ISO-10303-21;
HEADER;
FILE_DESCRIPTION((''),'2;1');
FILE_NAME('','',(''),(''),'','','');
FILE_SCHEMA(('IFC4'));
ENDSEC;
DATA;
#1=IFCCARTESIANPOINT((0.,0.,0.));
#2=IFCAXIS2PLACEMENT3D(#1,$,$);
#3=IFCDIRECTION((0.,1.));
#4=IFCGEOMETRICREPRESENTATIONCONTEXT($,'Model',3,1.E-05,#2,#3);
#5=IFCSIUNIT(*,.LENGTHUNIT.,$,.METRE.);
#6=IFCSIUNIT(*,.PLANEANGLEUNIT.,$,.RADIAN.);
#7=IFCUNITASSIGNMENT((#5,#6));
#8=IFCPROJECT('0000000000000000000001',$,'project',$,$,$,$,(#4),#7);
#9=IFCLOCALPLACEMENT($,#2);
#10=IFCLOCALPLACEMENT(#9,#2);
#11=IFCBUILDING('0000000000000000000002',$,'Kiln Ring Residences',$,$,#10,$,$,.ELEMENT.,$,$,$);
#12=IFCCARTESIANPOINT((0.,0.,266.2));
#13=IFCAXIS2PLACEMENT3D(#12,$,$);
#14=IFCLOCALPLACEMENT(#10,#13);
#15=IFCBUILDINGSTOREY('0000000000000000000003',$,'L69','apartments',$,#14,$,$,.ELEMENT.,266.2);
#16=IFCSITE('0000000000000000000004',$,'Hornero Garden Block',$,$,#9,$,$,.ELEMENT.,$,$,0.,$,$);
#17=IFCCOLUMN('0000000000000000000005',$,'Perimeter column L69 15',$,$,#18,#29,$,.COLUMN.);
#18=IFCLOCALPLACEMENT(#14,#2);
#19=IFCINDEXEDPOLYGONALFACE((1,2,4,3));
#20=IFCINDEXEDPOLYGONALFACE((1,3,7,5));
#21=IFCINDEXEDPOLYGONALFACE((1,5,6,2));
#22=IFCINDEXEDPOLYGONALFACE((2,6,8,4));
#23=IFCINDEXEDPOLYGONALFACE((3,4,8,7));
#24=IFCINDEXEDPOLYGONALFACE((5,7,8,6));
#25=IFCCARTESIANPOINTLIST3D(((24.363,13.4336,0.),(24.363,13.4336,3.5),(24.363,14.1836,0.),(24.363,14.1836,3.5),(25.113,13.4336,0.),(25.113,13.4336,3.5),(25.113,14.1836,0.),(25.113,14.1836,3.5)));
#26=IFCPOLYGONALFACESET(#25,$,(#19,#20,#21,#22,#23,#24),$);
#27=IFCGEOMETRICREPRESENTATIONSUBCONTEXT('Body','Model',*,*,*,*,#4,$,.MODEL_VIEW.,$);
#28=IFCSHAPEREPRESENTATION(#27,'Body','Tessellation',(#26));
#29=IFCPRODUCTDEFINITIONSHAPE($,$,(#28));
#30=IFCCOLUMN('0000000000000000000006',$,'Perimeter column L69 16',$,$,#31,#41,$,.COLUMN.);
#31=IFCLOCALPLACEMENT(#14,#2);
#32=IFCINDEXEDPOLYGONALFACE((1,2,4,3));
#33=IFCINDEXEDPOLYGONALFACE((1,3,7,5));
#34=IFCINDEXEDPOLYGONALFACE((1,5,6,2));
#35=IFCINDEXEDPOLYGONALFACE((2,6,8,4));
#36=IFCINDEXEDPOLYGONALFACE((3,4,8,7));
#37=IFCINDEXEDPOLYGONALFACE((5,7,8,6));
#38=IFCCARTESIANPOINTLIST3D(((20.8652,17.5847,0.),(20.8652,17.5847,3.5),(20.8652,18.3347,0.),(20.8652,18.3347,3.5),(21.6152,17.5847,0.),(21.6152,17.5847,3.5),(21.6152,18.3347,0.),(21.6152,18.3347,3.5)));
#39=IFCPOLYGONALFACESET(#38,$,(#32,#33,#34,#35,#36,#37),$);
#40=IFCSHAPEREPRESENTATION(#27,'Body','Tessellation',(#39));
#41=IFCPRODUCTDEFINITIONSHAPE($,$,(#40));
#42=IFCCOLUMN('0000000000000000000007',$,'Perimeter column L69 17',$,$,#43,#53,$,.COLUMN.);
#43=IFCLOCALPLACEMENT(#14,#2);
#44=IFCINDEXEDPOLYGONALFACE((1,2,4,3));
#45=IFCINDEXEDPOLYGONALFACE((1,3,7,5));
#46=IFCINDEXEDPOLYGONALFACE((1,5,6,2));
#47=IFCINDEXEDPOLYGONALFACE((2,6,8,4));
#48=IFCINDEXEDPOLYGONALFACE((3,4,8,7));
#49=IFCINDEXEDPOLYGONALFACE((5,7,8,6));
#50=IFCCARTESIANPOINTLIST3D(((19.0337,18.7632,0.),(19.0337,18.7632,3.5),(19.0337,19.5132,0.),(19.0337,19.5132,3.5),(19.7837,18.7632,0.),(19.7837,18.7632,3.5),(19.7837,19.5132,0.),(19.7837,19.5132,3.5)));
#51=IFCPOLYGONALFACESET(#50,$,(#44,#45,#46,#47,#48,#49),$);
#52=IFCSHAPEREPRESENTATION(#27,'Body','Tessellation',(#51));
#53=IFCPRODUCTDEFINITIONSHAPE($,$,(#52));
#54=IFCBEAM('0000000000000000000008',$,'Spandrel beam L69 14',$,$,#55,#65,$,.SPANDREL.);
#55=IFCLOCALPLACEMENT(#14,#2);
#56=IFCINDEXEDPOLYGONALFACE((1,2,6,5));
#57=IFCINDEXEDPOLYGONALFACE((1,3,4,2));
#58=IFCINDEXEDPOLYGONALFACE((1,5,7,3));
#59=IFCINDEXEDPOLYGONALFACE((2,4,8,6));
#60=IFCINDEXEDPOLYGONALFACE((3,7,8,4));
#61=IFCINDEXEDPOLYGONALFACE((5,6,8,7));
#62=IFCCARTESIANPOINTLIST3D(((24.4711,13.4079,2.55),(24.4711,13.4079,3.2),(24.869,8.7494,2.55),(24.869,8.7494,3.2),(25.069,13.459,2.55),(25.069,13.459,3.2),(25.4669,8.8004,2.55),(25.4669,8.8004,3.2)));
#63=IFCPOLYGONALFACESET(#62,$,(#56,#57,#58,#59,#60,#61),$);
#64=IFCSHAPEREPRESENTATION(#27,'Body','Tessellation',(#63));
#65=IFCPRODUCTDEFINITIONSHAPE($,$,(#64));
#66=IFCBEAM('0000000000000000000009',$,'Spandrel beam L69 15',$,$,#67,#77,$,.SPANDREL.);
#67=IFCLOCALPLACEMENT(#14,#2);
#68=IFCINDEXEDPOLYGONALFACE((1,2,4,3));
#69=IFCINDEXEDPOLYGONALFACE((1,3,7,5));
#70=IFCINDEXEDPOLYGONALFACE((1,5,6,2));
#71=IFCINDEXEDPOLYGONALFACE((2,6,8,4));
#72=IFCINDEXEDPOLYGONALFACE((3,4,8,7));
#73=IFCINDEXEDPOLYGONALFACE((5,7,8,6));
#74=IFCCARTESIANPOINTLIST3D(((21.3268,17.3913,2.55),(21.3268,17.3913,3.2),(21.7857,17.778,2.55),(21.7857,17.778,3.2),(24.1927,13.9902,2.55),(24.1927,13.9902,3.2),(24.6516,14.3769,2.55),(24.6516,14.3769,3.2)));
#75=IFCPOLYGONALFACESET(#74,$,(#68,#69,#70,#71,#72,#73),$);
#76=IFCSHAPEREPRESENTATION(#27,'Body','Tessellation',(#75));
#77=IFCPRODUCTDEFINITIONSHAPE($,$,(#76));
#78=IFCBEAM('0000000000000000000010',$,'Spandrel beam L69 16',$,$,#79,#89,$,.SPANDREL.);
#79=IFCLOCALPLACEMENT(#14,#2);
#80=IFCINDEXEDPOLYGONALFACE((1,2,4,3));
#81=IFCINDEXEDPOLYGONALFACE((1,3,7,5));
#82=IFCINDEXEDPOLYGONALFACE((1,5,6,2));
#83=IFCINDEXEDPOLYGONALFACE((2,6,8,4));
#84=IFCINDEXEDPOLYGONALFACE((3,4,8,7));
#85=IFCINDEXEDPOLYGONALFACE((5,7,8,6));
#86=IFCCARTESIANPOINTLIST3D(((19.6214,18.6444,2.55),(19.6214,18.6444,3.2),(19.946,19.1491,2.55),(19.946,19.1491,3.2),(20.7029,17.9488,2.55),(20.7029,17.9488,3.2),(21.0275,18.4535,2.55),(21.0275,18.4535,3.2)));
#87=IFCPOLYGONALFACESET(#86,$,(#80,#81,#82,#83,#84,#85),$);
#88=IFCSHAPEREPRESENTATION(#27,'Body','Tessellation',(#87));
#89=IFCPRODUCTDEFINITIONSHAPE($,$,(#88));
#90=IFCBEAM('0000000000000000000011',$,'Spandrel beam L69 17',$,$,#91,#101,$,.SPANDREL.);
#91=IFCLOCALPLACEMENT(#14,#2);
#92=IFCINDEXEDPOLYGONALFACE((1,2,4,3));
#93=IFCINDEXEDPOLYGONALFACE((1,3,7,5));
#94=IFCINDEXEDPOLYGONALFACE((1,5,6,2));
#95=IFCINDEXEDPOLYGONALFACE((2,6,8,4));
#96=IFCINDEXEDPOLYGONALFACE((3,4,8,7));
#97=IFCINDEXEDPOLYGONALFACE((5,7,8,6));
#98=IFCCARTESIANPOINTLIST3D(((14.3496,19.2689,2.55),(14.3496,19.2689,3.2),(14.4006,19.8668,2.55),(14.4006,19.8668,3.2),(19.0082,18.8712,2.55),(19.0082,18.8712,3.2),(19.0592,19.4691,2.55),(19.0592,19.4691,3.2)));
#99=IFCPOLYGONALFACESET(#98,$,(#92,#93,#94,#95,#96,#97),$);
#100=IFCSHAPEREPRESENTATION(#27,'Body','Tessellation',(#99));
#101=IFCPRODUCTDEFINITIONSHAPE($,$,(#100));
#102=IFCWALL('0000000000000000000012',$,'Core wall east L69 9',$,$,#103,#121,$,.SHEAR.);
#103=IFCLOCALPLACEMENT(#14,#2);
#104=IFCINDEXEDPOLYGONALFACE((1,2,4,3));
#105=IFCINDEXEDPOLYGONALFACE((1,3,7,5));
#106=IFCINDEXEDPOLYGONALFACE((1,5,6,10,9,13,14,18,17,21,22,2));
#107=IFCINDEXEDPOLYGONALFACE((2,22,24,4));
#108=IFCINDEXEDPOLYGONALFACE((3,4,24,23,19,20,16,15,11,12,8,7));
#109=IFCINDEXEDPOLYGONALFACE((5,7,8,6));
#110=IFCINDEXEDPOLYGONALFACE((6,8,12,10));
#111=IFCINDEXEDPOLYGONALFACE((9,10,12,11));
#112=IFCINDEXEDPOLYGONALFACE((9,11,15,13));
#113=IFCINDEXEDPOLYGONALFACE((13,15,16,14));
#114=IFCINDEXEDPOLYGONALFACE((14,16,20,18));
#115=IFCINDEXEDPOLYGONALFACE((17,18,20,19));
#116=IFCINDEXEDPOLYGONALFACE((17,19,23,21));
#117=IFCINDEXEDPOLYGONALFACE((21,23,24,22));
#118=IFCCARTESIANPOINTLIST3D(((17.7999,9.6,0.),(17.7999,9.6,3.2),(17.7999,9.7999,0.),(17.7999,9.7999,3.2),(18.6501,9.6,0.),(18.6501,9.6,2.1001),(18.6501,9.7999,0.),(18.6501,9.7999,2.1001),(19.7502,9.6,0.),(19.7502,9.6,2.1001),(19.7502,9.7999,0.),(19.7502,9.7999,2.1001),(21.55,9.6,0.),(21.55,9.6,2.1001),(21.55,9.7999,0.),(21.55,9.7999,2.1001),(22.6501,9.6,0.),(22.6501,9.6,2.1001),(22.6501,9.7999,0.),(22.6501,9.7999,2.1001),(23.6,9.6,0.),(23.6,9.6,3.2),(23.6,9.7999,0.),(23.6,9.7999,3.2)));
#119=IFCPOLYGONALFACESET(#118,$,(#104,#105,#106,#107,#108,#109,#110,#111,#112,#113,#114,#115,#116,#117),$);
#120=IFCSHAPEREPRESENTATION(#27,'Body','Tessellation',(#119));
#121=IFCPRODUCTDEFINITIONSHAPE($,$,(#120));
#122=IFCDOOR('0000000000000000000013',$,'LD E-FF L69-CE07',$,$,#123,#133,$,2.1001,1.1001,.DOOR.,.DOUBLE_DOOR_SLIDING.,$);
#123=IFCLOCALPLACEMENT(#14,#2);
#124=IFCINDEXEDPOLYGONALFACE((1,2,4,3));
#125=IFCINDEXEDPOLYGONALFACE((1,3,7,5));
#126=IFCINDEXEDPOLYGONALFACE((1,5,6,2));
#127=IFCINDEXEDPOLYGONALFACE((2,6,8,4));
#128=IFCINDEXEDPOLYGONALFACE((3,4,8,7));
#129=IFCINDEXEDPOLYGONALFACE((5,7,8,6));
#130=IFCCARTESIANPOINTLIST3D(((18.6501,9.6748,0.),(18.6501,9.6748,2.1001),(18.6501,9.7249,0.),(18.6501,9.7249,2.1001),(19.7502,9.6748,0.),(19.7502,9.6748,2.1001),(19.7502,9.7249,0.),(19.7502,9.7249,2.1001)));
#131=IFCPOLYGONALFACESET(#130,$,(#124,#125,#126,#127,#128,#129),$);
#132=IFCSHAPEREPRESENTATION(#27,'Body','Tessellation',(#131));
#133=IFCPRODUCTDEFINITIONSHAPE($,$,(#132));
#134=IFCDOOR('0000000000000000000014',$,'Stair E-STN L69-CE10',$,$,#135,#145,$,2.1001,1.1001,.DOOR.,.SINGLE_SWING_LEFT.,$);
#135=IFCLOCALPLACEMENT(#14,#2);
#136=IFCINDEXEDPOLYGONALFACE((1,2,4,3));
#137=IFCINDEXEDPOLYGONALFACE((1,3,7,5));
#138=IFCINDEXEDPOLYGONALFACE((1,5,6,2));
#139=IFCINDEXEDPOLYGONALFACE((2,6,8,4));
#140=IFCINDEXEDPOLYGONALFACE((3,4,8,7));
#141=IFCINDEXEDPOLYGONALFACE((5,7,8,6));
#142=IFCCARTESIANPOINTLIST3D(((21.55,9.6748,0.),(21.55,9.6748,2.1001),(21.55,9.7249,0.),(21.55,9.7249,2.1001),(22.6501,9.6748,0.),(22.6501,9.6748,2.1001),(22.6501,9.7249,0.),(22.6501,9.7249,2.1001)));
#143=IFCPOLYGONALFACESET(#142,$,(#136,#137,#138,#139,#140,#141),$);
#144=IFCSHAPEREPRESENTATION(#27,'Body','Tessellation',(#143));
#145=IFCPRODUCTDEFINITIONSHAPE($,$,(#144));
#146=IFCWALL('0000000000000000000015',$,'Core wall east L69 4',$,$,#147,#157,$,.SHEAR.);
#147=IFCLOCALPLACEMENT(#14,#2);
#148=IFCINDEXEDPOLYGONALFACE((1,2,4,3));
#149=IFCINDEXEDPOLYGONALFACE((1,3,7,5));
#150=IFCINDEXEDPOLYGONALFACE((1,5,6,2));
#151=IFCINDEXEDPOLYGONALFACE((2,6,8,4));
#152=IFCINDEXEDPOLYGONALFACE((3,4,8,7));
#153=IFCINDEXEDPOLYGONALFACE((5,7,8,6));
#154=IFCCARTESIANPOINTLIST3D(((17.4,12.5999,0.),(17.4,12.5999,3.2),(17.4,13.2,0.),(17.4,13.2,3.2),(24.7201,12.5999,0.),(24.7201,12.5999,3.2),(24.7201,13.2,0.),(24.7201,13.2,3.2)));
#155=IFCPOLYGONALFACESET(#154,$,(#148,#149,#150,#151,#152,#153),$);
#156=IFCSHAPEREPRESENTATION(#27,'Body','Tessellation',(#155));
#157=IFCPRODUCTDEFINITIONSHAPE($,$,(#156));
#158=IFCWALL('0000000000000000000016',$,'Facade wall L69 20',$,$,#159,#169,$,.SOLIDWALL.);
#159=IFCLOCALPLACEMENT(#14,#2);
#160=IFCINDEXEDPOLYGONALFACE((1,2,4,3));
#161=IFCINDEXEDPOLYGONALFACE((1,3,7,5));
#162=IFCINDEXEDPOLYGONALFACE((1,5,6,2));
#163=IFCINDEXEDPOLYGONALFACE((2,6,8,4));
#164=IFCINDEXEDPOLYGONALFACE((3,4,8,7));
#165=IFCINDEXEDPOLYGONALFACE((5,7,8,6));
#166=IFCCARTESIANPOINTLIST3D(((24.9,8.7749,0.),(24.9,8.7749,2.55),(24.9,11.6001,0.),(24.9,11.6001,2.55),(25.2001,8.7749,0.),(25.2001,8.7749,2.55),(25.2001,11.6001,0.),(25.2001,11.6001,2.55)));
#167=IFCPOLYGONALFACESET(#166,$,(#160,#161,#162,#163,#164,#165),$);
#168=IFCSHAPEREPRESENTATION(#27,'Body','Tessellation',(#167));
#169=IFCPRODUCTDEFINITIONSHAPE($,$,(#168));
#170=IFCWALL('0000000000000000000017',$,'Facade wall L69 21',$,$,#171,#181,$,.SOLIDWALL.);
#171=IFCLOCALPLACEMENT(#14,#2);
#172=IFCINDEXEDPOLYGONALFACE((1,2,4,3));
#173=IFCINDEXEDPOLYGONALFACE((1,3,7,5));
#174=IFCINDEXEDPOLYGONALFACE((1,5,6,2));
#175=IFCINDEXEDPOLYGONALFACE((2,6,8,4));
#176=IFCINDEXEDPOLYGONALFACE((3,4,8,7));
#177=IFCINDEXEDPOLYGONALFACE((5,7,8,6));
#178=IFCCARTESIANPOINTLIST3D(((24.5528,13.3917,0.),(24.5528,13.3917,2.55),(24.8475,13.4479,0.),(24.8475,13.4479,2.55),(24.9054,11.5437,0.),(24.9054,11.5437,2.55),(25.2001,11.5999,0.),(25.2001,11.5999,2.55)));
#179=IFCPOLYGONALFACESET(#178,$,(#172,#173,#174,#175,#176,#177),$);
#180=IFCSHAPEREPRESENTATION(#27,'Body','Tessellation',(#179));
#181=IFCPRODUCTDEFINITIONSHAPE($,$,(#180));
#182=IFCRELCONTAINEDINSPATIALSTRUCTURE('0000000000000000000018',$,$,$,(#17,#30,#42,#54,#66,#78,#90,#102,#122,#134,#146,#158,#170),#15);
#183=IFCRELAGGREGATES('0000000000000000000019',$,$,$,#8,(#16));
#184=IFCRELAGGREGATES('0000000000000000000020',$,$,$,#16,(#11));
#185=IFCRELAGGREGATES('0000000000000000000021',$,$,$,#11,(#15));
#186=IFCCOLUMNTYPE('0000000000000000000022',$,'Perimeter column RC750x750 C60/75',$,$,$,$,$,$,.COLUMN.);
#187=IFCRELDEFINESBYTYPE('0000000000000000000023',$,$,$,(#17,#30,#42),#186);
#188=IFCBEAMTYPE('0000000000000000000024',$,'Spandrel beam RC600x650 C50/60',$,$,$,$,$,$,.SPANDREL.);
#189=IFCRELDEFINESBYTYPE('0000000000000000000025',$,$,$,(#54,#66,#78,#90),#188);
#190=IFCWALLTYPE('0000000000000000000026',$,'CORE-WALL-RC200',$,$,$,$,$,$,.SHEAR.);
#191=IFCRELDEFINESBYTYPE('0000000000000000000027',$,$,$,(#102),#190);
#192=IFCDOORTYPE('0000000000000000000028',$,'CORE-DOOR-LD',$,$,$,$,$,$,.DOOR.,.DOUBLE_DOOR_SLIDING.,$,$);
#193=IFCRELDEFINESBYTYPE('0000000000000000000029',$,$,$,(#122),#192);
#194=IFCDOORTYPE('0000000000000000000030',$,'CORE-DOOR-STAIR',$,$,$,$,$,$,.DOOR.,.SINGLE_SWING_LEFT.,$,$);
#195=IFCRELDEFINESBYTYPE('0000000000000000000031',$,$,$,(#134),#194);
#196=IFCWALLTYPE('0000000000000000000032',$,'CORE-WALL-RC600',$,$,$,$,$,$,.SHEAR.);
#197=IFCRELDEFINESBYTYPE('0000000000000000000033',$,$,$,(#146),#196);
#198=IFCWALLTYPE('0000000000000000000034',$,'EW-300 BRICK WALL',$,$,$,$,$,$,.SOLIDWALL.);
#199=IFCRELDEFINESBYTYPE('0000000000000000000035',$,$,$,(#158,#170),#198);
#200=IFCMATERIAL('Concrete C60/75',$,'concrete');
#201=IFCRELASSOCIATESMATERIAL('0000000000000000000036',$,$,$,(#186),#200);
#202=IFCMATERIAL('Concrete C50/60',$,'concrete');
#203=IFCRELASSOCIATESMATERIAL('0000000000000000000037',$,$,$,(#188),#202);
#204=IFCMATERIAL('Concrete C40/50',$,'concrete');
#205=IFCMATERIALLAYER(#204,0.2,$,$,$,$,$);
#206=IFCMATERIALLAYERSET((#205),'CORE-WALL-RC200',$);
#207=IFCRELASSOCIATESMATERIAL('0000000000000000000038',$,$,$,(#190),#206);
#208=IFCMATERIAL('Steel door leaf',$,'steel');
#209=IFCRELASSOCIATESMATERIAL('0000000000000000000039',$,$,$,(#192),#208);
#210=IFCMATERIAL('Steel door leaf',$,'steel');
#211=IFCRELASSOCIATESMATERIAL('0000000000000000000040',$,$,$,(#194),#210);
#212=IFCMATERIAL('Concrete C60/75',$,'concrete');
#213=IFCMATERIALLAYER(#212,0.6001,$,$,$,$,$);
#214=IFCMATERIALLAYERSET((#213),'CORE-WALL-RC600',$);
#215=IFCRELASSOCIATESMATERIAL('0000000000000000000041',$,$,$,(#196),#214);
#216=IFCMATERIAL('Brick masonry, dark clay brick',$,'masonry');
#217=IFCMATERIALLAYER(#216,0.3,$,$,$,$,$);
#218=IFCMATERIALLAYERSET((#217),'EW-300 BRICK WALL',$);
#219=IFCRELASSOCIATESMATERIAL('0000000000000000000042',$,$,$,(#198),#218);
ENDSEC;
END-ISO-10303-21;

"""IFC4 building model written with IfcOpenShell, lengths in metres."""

from ifc_helpers import new_model, si_unit, direction, frame, frame_2d, origin, origin_2d, place, context, subcontext, project, spatial, rectangle, extrude, material, layer, layer_set, material_profile, profile_set, type_object, element, fill, save


model = new_model("IFC4")

# Units and contexts
model_context = context("Model", 3, precision=1e-05, world=origin(), true_north=direction((0.0, 1.0)))
body_context = subcontext(model_context, "Body", "Model", "MODEL_VIEW")
ifc_project = project(units=[si_unit("LENGTHUNIT", "METRE"), si_unit("PLANEANGLEUNIT", "RADIAN")], contexts=[model_context])

# Site, building, storey
site_placement = place(None, origin())
site = spatial("IfcSite", under=ifc_project, at=site_placement, Name="Hornero Garden Block", CompositionType="ELEMENT", RefElevation=0.0)
building_placement = place(site_placement, origin())
building = spatial("IfcBuilding", under=site, at=building_placement, Name="Kiln Ring Residences", CompositionType="ELEMENT")
storey_placement = place(building_placement, frame((0.0, 0.0, 266.2)))
storey = spatial("IfcBuildingStorey", under=building, at=storey_placement, Name="L69", Description="apartments", CompositionType="ELEMENT", Elevation=266.2)

# Columns
ifc_material_1 = material(Name="Concrete C60/75", Category="concrete")
ifc_material_profile_1 = material_profile(ifc_material_1, rectangle(XDim=0.75, YDim=0.75, at=origin_2d()), Name="RC750x750")
ifc_profile_set_1 = profile_set([ifc_material_profile_1], Name="Concrete C60/75")
column_type = type_object("IfcColumnType", Name="Perimeter column RC750x750 C60/75", PredefinedType="COLUMN", material=ifc_profile_set_1)
for number, where, z_axis, x_axis, name in (
    (1, (24.738, 13.8086, 0.0), (0.0, 0.0, 1.0), (1.0, 0.0, 0.0), "Perimeter column L69 15"),
    (2, (21.2402, 17.9597, 0.0), (0.0, 0.0, 1.0), (1.0, 0.0, 0.0), "Perimeter column L69 16"),
    (3, (19.4087, 19.1382, 0.0), (0.0, 0.0, 1.0), (1.0, 0.0, 0.0), "Perimeter column L69 17"),
):
    element("IfcColumn", number, at=place(storey_placement, frame(where, z_axis=z_axis, x_axis=x_axis)), inside=storey, type_object=column_type, Name=name, PredefinedType="COLUMN", context=body_context, shape_type="SweptSolid", body=[
        extrude(rectangle(XDim=0.75, YDim=0.75, at=origin_2d()), origin(), (0.0, 0.0, 1.0), 3.5),
    ])

# Beams
ifc_material_2 = material(Name="Concrete C50/60", Category="concrete")
ifc_material_profile_2 = material_profile(ifc_material_2, rectangle(XDim=0.6001, YDim=0.6499, at=origin_2d()), Name="RC600x650")
ifc_profile_set_2 = profile_set([ifc_material_profile_2], Name="Concrete C50/60")
beam_type = type_object("IfcBeamType", Name="Spandrel beam RC600x650 C50/60", PredefinedType="SPANDREL", material=ifc_profile_set_2)
beam_1_placement = place(storey_placement, frame((25.168, 8.7749, 2.875), z_axis=(-0.085111, 0.996371, 0.0), x_axis=(-0.996371, -0.085111, 0.0)))
element("IfcBeam", 4, at=beam_1_placement, inside=storey, type_object=beam_type, Name="Spandrel beam L69 14", PredefinedType="SPANDREL", context=body_context, shape_type="SweptSolid", body=[
    extrude(rectangle(XDim=0.6001, YDim=0.6499, at=origin_2d()), origin(), (0.0, 0.0, 1.0), 4.6755),
])
beam_2_placement = place(storey_placement, frame((24.4221, 14.1836, 2.875), z_axis=(-0.644381, 0.764705, 0.0), x_axis=(-0.764705, -0.644381, 0.0)))
element("IfcBeam", 5, at=beam_2_placement, inside=storey, type_object=beam_type, Name="Spandrel beam L69 15", PredefinedType="SPANDREL", context=body_context, shape_type="SweptSolid", body=[
    extrude(rectangle(XDim=0.6001, YDim=0.6499, at=origin_2d()), origin(), (0.0, 0.0, 1.0), 4.4475),
])
beam_3_placement = place(storey_placement, frame((20.8652, 18.2012, 2.875), z_axis=(-0.84108, 0.540911, 0.0), x_axis=(-0.540911, -0.84108, 0.0)))
element("IfcBeam", 6, at=beam_3_placement, inside=storey, type_object=beam_type, Name="Spandrel beam L69 16", PredefinedType="SPANDREL", context=body_context, shape_type="SweptSolid", body=[
    extrude(rectangle(XDim=0.6001, YDim=0.6499, at=origin_2d()), origin(), (0.0, 0.0, 1.0), 1.2859),
])
beam_4_placement = place(storey_placement, frame((19.0337, 19.1702, 2.875), z_axis=(-0.996376, 0.085059, 0.0), x_axis=(-0.085059, -0.996376, 0.0)))
element("IfcBeam", 7, at=beam_4_placement, inside=storey, type_object=beam_type, Name="Spandrel beam L69 17", PredefinedType="SPANDREL", context=body_context, shape_type="SweptSolid", body=[
    extrude(rectangle(XDim=0.6001, YDim=0.6499, at=origin_2d()), origin(), (0.0, 0.0, 1.0), 4.6755),
])

# Wall, openings, doors
ifc_material_3 = material(Name="Concrete C40/50", Category="concrete")
ifc_layer_1 = layer(ifc_material_3, 0.2)
ifc_layer_set_1 = layer_set([ifc_layer_1], Name="CORE-WALL-RC200")
wall_type_1 = type_object("IfcWallType", Name="CORE-WALL-RC200", PredefinedType="SHEAR", material=ifc_layer_set_1)
wall_1_placement = place(storey_placement, frame((17.8, 9.7, 0.0), z_axis=(0.0, 0.0, 1.0), x_axis=(1.0, 0.0, 0.0)))
wall_1 = element("IfcWall", 8, at=wall_1_placement, inside=storey, type_object=wall_type_1, Name="Core wall east L69 9", PredefinedType="SHEAR", context=body_context, shape_type="SweptSolid", body=[
    extrude(rectangle(XDim=5.8, YDim=0.2, at=frame_2d((2.8999, 0.0))), origin(), (0.0, 0.0, 1.0), 3.2),
])
opening_1_placement = place(wall_1_placement, frame((0.8501, 0.0, 0.0)))
opening_1 = element("IfcOpeningElement", 9, at=opening_1_placement, cuts=wall_1, PredefinedType="OPENING", context=body_context, shape_type="SweptSolid", body=[
    extrude(rectangle(XDim=1.1001, YDim=2.1001, at=frame_2d((0.55, 1.05))), frame((0.0, 0.1099, 0.0), z_axis=(0.0, -1.0, 0.0), x_axis=(1.0, 0.0, 0.0)), (0.0, 0.0, 1.0), 0.22),
])
opening_2_placement = place(wall_1_placement, frame((3.75, 0.0, 0.0)))
opening_2 = element("IfcOpeningElement", 10, at=opening_2_placement, cuts=wall_1, PredefinedType="OPENING", context=body_context, shape_type="SweptSolid", body=[
    extrude(rectangle(XDim=1.1001, YDim=2.1001, at=frame_2d((0.55, 1.05))), frame((0.0, 0.1099, 0.0), z_axis=(0.0, -1.0, 0.0), x_axis=(1.0, 0.0, 0.0)), (0.0, 0.0, 1.0), 0.22),
])
ifc_material_4 = material(Name="Steel door leaf", Category="steel")
door_type_1 = type_object("IfcDoorType", Name="CORE-DOOR-LD", OperationType="DOUBLE_DOOR_SLIDING", PredefinedType="DOOR", material=ifc_material_4)
door_1_placement = place(opening_1_placement, origin())
door_1 = element("IfcDoor", 11, at=door_1_placement, inside=storey, type_object=door_type_1, Name="LD E-FF L69-CE07", OperationType="DOUBLE_DOOR_SLIDING", OverallHeight=2.1001, OverallWidth=1.1001, PredefinedType="DOOR", context=body_context, shape_type="SweptSolid", body=[
    extrude(rectangle(XDim=1.1001, YDim=2.1001, at=frame_2d((0.55, 1.05))), frame((0.0, 0.0249, 0.0), z_axis=(0.0, -1.0, 0.0), x_axis=(1.0, 0.0, 0.0)), (0.0, 0.0, 1.0), 0.05),
])
fill(opening_1, door_1)
ifc_material_5 = material(Name="Steel door leaf", Category="steel")
door_type_2 = type_object("IfcDoorType", Name="CORE-DOOR-STAIR", OperationType="SINGLE_SWING_LEFT", PredefinedType="DOOR", material=ifc_material_5)
door_2_placement = place(opening_2_placement, origin())
door_2 = element("IfcDoor", 12, at=door_2_placement, inside=storey, type_object=door_type_2, Name="Stair E-STN L69-CE10", OperationType="SINGLE_SWING_LEFT", OverallHeight=2.1001, OverallWidth=1.1001, PredefinedType="DOOR", context=body_context, shape_type="SweptSolid", body=[
    extrude(rectangle(XDim=1.1001, YDim=2.1001, at=frame_2d((0.55, 1.05))), frame((0.0, 0.0249, 0.0), z_axis=(0.0, -1.0, 0.0), x_axis=(1.0, 0.0, 0.0)), (0.0, 0.0, 1.0), 0.05),
])
fill(opening_2, door_2)

# Walls
ifc_material_6 = material(Name="Concrete C60/75", Category="concrete")
ifc_layer_2 = layer(ifc_material_6, 0.6001)
ifc_layer_set_2 = layer_set([ifc_layer_2], Name="CORE-WALL-RC600")
wall_type_2 = type_object("IfcWallType", Name="CORE-WALL-RC600", PredefinedType="SHEAR", material=ifc_layer_set_2)
wall_2_placement = place(storey_placement, frame((17.3999, 12.8999, 0.0), z_axis=(0.0, 0.0, 1.0), x_axis=(1.0, 0.0, 0.0)))
element("IfcWall", 13, at=wall_2_placement, inside=storey, type_object=wall_type_2, Name="Core wall east L69 4", PredefinedType="SHEAR", context=body_context, shape_type="SweptSolid", body=[
    extrude(rectangle(XDim=7.3201, YDim=0.6001, at=frame_2d((3.6602, 0.0))), origin(), (0.0, 0.0, 1.0), 3.2),
])
ifc_material_7 = material(Name="Brick masonry, dark clay brick", Category="masonry")
ifc_layer_3 = layer(ifc_material_7, 0.3)
ifc_layer_set_3 = layer_set([ifc_layer_3], Name="EW-300 BRICK WALL")
wall_type_3 = type_object("IfcWallType", Name="EW-300 BRICK WALL", PredefinedType="SOLIDWALL", material=ifc_layer_set_3)
wall_3_placement = place(storey_placement, frame((25.05, 8.7749, 0.0), z_axis=(0.0, 0.0, 1.0), x_axis=(0.0, 1.0, 0.0)))
element("IfcWall", 14, at=wall_3_placement, inside=storey, type_object=wall_type_3, Name="Facade wall L69 20", PredefinedType="SOLIDWALL", context=body_context, shape_type="SweptSolid", body=[
    extrude(rectangle(XDim=2.8252, YDim=0.3, at=frame_2d((1.4126, 0.0))), origin(), (0.0, 0.0, 1.0), 2.55),
])
wall_4_placement = place(storey_placement, frame((25.0527, 11.5718, 0.0), z_axis=(0.0, 0.0, 1.0), x_axis=(-0.187398, 0.982284, 0.0)))
element("IfcWall", 15, at=wall_4_placement, inside=storey, type_object=wall_type_3, Name="Facade wall L69 21", PredefinedType="SOLIDWALL", context=body_context, shape_type="SweptSolid", body=[
    extrude(rectangle(XDim=1.8813, YDim=0.3, at=frame_2d((0.9407, 0.0))), origin(), (0.0, 0.0, 1.0), 2.55),
])

save(model, "model.ifc")
